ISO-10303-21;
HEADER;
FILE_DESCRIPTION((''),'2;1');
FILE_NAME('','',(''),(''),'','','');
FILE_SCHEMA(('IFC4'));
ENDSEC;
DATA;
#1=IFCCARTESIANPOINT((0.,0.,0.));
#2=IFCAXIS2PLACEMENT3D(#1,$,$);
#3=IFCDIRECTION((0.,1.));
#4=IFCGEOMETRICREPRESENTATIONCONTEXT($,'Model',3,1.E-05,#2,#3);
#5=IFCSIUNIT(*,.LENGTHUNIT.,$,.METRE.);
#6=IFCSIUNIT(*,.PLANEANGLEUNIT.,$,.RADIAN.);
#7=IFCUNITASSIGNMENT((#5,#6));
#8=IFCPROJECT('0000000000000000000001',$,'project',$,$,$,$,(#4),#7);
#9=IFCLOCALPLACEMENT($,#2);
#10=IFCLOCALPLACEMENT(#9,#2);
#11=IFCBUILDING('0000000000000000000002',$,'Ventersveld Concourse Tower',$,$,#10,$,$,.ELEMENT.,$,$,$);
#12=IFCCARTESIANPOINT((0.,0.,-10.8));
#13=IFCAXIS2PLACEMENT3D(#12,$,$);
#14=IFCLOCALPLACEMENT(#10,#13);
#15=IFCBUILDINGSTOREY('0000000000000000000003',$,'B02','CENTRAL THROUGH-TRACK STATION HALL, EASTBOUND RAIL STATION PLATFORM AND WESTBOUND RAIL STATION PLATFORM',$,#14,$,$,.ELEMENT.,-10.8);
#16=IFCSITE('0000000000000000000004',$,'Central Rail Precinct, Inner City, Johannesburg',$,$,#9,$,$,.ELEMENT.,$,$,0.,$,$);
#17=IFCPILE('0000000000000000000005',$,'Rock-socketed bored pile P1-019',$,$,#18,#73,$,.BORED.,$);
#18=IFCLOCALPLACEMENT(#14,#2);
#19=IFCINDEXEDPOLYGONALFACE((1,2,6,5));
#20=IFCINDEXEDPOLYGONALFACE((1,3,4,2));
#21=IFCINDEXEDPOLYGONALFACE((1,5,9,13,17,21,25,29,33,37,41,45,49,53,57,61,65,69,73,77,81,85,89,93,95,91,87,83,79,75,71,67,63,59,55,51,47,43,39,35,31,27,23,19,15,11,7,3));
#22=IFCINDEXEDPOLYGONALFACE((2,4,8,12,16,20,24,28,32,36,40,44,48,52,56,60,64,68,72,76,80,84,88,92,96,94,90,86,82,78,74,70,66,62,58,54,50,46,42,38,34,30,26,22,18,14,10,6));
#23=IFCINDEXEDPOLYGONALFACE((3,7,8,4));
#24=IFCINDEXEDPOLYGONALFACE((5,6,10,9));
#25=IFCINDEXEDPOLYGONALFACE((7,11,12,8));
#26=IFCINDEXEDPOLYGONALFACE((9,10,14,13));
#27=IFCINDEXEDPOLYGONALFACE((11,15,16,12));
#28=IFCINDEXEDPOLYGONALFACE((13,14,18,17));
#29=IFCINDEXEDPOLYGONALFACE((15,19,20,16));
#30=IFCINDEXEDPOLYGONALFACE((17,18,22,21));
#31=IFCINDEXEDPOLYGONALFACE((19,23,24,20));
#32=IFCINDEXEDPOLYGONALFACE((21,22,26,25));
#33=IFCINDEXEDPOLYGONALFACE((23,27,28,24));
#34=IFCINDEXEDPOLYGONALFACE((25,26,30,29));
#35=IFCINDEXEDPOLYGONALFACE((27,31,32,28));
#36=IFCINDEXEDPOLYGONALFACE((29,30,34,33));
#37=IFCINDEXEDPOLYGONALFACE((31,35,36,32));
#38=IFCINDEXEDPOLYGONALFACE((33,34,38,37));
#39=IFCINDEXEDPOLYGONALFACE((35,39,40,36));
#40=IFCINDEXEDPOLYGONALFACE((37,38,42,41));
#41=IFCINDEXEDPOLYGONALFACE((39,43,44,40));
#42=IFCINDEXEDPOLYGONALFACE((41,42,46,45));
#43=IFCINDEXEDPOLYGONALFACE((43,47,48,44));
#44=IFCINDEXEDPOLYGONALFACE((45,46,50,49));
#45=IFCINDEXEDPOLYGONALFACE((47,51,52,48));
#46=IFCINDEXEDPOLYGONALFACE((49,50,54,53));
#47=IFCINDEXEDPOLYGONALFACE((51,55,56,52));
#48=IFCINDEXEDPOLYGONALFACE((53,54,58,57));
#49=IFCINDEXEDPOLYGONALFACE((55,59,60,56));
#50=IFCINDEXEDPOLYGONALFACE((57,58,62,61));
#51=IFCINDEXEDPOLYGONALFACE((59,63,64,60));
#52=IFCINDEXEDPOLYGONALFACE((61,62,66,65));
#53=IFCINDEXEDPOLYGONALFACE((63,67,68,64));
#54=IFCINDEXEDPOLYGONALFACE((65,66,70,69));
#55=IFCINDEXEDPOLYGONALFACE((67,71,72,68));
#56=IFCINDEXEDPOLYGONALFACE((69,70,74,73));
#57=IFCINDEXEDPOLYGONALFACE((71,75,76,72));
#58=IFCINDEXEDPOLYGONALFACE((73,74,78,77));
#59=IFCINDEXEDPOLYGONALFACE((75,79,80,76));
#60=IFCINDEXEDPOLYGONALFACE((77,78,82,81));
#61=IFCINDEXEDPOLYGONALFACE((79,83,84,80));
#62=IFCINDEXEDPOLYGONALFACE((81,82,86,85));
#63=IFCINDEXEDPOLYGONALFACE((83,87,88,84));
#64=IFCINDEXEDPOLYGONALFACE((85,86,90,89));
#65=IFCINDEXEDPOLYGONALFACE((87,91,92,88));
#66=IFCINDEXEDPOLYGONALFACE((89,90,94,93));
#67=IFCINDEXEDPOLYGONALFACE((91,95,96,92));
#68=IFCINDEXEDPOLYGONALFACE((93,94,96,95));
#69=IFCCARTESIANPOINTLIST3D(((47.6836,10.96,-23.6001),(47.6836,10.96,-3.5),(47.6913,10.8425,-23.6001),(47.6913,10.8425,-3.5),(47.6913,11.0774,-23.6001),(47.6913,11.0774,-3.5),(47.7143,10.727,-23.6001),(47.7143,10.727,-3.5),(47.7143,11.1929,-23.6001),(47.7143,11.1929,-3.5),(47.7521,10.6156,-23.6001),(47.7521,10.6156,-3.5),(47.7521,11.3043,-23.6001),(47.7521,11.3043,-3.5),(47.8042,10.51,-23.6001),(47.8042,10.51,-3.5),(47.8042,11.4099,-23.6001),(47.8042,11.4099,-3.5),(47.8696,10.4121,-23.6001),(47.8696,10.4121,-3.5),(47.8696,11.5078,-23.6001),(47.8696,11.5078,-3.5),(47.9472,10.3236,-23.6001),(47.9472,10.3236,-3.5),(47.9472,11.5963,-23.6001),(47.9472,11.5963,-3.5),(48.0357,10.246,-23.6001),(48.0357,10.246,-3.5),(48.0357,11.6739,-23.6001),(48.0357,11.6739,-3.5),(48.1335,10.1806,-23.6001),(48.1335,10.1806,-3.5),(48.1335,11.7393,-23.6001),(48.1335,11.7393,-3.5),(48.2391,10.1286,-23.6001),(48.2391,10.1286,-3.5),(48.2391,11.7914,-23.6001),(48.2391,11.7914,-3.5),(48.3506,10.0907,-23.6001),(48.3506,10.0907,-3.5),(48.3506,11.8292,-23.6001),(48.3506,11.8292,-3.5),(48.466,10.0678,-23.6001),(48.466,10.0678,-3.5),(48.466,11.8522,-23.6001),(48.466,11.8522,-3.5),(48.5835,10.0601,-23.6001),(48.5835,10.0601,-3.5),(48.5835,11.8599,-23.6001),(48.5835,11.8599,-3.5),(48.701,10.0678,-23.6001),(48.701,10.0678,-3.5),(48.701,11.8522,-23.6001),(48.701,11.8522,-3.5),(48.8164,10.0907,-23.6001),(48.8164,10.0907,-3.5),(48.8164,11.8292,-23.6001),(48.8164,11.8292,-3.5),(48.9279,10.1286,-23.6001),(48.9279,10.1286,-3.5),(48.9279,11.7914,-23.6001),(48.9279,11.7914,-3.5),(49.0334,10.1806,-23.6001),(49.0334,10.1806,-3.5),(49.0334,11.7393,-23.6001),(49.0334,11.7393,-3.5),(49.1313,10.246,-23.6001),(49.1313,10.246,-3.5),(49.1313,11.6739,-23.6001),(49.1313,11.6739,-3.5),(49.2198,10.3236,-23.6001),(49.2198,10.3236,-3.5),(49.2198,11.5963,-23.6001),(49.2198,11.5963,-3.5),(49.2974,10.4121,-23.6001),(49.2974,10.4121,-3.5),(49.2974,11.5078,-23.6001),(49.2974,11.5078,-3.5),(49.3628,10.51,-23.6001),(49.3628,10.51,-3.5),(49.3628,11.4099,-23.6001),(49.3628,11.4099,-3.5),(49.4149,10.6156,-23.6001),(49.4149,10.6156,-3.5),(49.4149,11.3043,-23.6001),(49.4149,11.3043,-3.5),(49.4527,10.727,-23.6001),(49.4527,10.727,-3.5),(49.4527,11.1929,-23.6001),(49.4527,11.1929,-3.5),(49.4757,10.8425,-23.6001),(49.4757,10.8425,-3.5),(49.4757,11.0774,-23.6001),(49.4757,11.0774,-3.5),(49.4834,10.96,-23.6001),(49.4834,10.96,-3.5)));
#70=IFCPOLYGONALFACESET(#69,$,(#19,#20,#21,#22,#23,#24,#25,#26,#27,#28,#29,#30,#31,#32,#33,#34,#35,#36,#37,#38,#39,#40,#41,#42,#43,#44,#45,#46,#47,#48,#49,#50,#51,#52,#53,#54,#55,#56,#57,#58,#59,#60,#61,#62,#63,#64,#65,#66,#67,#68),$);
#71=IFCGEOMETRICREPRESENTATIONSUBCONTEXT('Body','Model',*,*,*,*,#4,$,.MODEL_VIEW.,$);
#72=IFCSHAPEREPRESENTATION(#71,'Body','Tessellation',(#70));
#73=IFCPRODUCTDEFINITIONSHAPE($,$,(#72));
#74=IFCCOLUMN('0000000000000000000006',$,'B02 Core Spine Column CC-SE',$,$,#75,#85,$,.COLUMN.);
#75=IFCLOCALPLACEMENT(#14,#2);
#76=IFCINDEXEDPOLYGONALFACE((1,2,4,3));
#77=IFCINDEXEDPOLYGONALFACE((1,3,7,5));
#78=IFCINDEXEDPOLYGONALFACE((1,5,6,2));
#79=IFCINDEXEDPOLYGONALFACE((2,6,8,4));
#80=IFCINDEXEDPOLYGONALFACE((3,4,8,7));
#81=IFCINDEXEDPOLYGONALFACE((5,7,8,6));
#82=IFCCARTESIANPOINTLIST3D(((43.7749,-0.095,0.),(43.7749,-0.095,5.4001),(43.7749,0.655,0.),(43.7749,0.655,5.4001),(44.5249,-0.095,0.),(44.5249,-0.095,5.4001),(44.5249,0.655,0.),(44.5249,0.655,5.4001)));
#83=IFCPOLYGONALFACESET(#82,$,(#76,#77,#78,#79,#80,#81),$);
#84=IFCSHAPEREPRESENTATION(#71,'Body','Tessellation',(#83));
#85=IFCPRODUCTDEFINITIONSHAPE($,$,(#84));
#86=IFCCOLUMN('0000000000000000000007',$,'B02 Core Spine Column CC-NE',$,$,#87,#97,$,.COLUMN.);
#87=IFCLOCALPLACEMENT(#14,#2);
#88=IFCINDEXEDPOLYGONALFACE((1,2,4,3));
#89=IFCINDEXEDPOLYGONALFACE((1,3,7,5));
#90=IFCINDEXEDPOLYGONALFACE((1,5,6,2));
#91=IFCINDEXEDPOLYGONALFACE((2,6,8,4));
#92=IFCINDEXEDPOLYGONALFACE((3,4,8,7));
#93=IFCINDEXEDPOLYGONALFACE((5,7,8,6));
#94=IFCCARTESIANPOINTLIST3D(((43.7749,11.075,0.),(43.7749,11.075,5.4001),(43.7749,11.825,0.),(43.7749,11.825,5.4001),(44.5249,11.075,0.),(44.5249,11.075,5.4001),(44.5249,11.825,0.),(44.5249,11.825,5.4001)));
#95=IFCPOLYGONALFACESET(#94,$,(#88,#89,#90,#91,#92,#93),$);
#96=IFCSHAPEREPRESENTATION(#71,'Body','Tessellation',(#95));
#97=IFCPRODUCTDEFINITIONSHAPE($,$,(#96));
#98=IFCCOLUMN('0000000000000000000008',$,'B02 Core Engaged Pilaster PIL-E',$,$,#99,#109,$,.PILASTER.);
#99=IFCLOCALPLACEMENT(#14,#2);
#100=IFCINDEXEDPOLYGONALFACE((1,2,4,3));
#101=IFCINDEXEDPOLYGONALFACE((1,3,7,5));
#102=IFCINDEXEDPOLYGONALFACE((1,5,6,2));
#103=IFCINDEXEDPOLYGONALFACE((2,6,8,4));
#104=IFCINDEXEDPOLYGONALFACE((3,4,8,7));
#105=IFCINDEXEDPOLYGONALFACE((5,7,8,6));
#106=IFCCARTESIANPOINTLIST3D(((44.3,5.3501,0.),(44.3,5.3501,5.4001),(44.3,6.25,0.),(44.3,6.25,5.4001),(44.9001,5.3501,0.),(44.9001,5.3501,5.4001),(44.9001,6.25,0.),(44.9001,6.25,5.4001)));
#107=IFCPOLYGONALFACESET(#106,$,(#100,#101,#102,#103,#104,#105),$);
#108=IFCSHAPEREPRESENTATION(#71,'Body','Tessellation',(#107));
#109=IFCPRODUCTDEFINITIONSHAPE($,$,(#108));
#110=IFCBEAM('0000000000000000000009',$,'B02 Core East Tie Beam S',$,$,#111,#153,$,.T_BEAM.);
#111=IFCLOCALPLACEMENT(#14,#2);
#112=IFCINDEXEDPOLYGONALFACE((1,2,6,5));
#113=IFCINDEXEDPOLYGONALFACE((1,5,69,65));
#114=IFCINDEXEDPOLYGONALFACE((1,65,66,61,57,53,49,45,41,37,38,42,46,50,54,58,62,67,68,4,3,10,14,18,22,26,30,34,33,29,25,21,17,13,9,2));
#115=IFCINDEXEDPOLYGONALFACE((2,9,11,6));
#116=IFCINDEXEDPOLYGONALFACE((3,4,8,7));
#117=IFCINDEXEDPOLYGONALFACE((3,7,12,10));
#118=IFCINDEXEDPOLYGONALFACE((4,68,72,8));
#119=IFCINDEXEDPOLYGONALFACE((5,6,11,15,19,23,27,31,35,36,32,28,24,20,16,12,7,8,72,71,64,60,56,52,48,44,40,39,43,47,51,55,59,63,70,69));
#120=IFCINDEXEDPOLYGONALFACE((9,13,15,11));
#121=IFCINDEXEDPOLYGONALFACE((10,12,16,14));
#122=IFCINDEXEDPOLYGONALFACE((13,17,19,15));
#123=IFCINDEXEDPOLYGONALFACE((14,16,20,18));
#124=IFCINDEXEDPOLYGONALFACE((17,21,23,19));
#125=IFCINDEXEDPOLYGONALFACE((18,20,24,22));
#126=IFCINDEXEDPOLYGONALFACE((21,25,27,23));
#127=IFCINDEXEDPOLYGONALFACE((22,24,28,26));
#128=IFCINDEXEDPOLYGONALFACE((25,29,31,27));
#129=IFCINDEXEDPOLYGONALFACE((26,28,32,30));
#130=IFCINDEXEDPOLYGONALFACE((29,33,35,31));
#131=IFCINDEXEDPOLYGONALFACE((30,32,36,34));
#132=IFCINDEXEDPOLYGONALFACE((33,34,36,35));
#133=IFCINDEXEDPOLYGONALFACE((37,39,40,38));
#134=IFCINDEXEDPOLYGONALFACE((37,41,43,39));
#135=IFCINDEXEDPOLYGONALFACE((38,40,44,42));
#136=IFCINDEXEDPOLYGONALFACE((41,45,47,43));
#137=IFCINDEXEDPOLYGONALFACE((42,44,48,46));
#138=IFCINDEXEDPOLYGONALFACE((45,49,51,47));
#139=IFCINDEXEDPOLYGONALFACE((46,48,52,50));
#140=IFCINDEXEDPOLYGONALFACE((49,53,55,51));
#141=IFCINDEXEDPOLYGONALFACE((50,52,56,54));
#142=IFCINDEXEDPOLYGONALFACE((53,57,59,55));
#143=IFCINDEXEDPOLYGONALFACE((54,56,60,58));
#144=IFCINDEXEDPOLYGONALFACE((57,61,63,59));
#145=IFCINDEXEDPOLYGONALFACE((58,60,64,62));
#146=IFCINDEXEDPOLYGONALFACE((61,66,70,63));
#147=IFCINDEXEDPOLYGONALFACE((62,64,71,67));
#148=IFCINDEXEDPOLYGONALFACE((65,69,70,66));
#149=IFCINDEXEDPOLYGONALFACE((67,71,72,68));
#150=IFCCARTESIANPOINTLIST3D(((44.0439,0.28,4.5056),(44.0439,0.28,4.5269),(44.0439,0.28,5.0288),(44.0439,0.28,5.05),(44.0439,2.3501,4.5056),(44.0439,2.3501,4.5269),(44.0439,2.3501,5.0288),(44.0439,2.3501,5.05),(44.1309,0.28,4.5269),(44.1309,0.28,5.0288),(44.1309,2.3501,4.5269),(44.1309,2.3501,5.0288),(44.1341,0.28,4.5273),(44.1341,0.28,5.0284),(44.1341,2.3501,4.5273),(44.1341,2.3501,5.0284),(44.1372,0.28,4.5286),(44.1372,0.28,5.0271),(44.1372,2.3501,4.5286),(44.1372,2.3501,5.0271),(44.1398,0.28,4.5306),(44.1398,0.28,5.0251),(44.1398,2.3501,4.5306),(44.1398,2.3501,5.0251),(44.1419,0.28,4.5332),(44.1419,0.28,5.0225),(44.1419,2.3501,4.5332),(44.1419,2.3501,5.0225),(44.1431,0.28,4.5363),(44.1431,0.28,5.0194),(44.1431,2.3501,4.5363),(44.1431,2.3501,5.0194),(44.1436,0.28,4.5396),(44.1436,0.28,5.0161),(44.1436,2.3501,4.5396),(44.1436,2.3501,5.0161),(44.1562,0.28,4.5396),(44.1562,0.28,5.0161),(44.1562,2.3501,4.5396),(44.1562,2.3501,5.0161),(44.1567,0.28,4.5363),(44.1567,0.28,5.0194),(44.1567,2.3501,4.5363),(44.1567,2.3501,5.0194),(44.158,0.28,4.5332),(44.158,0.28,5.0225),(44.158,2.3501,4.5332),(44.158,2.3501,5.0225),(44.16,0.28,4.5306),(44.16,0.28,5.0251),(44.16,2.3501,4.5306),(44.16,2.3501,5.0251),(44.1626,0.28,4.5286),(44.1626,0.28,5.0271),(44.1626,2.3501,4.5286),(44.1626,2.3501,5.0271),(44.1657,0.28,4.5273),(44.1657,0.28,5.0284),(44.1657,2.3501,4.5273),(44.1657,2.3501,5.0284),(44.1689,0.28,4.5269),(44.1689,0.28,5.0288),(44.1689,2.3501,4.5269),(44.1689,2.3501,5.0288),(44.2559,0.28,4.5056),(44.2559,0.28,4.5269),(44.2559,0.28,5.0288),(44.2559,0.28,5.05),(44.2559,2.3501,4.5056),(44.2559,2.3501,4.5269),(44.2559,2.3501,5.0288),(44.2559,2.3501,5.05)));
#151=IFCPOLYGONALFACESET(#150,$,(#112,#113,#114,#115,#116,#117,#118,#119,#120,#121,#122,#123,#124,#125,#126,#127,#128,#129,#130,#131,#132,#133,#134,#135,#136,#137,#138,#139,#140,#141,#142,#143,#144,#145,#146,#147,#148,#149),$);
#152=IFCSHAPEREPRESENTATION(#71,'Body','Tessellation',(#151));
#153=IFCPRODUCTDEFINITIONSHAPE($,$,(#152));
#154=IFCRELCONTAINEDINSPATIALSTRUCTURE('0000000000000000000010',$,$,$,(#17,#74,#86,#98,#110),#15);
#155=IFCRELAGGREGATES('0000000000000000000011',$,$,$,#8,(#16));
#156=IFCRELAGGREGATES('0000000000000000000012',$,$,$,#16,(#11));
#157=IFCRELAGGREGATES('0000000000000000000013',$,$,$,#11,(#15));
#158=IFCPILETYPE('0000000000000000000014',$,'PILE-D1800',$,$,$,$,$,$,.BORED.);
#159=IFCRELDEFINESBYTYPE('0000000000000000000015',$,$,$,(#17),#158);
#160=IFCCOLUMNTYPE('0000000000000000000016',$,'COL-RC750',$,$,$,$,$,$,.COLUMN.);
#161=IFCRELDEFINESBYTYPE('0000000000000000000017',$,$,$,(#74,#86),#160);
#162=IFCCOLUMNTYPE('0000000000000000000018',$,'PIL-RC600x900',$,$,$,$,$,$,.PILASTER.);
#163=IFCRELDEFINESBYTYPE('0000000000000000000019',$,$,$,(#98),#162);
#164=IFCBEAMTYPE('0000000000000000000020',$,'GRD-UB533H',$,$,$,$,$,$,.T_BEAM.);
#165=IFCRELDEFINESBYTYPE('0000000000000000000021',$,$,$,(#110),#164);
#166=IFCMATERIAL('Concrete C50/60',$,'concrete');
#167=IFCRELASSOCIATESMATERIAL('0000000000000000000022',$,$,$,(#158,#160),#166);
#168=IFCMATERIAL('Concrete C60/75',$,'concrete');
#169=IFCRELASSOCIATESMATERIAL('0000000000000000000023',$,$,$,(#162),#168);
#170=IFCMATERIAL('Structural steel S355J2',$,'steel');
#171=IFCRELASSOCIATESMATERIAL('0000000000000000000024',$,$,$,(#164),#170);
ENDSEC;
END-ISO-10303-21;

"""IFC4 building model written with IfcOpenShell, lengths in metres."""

from ifc_helpers import new_model, si_unit, direction, frame, origin, origin_2d, place, context, subcontext, project, spatial, rectangle, circle, i_section, extrude, material, material_profile, profile_set, type_object, element, save


model = new_model("IFC4")

# Units and contexts
model_context = context("Model", 3, precision=1e-05, world=origin(), true_north=direction((0.0, 1.0)))
body_context = subcontext(model_context, "Body", "Model", "MODEL_VIEW")
ifc_project = project(units=[si_unit("LENGTHUNIT", "METRE"), si_unit("PLANEANGLEUNIT", "RADIAN")], contexts=[model_context])

# Site, building, storey
site_placement = place(None, origin())
site = spatial("IfcSite", under=ifc_project, at=site_placement, Name="Central Rail Precinct, Inner City, Johannesburg", CompositionType="ELEMENT", RefElevation=0.0)
building_placement = place(site_placement, origin())
building = spatial("IfcBuilding", under=site, at=building_placement, Name="Ventersveld Concourse Tower", CompositionType="ELEMENT")
storey_placement = place(building_placement, frame((0.0, 0.0, -10.8)))
storey = spatial("IfcBuildingStorey", under=building, at=storey_placement, Name="B02", Description="CENTRAL THROUGH-TRACK STATION HALL, EASTBOUND RAIL STATION PLATFORM AND WESTBOUND RAIL STATION PLATFORM", CompositionType="ELEMENT", Elevation=-10.8)

# Pile
ifc_material_1 = material(Name="Concrete C50/60", Category="concrete")
ifc_material_profile_1 = material_profile(ifc_material_1, circle(Radius=0.8999, at=origin_2d()), Name="PILE D1800")
ifc_profile_set_1 = profile_set([ifc_material_profile_1], Name="Concrete C50/60")
pile_type = type_object("IfcPileType", Name="PILE-D1800", PredefinedType="BORED", material=ifc_profile_set_1)
for number, where, z_axis, x_axis, name in (
    (1, (48.5835, 10.96, -3.5), (0.0, 0.0, -1.0), (1.0, 0.0, 0.0), "Rock-socketed bored pile P1-019"),
):
    element("IfcPile", number, at=place(storey_placement, frame(where, z_axis=z_axis, x_axis=x_axis)), inside=storey, type_object=pile_type, Name=name, PredefinedType="BORED", context=body_context, shape_type="SweptSolid", body=[
        extrude(circle(Radius=0.8999, at=origin_2d()), origin(), (0.0, 0.0, 1.0), 20.1001),
    ])

# Columns
ifc_material_profile_2 = material_profile(ifc_material_1, rectangle(XDim=0.75, YDim=0.75, at=origin_2d()), Name="RC 750x750")
ifc_profile_set_2 = profile_set([ifc_material_profile_2], Name="Concrete C50/60")
column_type_1 = type_object("IfcColumnType", Name="COL-RC750", PredefinedType="COLUMN", material=ifc_profile_set_2)
for number, where, z_axis, x_axis, name in (
    (2, (44.1499, 0.28, 0.0), (0.0, 0.0, 1.0), (1.0, 0.0, 0.0), "B02 Core Spine Column CC-SE"),
    (3, (44.1499, 11.45, 0.0), (0.0, 0.0, 1.0), (1.0, 0.0, 0.0), "B02 Core Spine Column CC-NE"),
):
    element("IfcColumn", number, at=place(storey_placement, frame(where, z_axis=z_axis, x_axis=x_axis)), inside=storey, type_object=column_type_1, Name=name, PredefinedType="COLUMN", context=body_context, shape_type="SweptSolid", body=[
        extrude(rectangle(XDim=0.75, YDim=0.75, at=origin_2d()), origin(), (0.0, 0.0, 1.0), 5.4001),
    ])
ifc_material_2 = material(Name="Concrete C60/75", Category="concrete")
ifc_material_profile_3 = material_profile(ifc_material_2, rectangle(XDim=0.6001, YDim=0.8999, at=origin_2d()), Name="RC 600x900")
ifc_profile_set_3 = profile_set([ifc_material_profile_3], Name="Concrete C60/75")
column_type_2 = type_object("IfcColumnType", Name="PIL-RC600x900", PredefinedType="PILASTER", material=ifc_profile_set_3)
column_placement = place(storey_placement, frame((44.6001, 5.8, 0.0), z_axis=(0.0, 0.0, 1.0), x_axis=(1.0, 0.0, 0.0)))
element("IfcColumn", 4, at=column_placement, inside=storey, type_object=column_type_2, Name="B02 Core Engaged Pilaster PIL-E", PredefinedType="PILASTER", context=body_context, shape_type="SweptSolid", body=[
    extrude(rectangle(XDim=0.6001, YDim=0.8999, at=origin_2d()), origin(), (0.0, 0.0, 1.0), 5.4001),
])

# Beam
ifc_material_3 = material(Name="Structural steel S355J2", Category="steel")
ifc_material_profile_4 = material_profile(ifc_material_3, i_section(OverallWidth=0.2119, OverallDepth=0.5444, WebThickness=0.0127, FlangeThickness=0.0212, FilletRadius=0.0127, at=origin_2d()), Name="UB 533x210x122")
ifc_profile_set_4 = profile_set([ifc_material_profile_4], Name="Structural steel S355J2")
beam_type = type_object("IfcBeamType", Name="GRD-UB533H", PredefinedType="T_BEAM", material=ifc_profile_set_4)
beam_1_placement = place(storey_placement, frame((44.1499, 0.28, 4.7778), z_axis=(0.0, 1.0, 0.0), x_axis=(-1.0, 0.0, 0.0)))
element("IfcBeam", 5, at=beam_1_placement, inside=storey, type_object=beam_type, Name="B02 Core East Tie Beam S", PredefinedType="T_BEAM", context=body_context, shape_type="SweptSolid", body=[
    extrude(i_section(OverallWidth=0.2119, OverallDepth=0.5444, WebThickness=0.0127, FlangeThickness=0.0212, FilletRadius=0.0127, at=origin_2d()), origin(), (0.0, 0.0, 1.0), 2.0701),
])

save(model, "model.ifc")
